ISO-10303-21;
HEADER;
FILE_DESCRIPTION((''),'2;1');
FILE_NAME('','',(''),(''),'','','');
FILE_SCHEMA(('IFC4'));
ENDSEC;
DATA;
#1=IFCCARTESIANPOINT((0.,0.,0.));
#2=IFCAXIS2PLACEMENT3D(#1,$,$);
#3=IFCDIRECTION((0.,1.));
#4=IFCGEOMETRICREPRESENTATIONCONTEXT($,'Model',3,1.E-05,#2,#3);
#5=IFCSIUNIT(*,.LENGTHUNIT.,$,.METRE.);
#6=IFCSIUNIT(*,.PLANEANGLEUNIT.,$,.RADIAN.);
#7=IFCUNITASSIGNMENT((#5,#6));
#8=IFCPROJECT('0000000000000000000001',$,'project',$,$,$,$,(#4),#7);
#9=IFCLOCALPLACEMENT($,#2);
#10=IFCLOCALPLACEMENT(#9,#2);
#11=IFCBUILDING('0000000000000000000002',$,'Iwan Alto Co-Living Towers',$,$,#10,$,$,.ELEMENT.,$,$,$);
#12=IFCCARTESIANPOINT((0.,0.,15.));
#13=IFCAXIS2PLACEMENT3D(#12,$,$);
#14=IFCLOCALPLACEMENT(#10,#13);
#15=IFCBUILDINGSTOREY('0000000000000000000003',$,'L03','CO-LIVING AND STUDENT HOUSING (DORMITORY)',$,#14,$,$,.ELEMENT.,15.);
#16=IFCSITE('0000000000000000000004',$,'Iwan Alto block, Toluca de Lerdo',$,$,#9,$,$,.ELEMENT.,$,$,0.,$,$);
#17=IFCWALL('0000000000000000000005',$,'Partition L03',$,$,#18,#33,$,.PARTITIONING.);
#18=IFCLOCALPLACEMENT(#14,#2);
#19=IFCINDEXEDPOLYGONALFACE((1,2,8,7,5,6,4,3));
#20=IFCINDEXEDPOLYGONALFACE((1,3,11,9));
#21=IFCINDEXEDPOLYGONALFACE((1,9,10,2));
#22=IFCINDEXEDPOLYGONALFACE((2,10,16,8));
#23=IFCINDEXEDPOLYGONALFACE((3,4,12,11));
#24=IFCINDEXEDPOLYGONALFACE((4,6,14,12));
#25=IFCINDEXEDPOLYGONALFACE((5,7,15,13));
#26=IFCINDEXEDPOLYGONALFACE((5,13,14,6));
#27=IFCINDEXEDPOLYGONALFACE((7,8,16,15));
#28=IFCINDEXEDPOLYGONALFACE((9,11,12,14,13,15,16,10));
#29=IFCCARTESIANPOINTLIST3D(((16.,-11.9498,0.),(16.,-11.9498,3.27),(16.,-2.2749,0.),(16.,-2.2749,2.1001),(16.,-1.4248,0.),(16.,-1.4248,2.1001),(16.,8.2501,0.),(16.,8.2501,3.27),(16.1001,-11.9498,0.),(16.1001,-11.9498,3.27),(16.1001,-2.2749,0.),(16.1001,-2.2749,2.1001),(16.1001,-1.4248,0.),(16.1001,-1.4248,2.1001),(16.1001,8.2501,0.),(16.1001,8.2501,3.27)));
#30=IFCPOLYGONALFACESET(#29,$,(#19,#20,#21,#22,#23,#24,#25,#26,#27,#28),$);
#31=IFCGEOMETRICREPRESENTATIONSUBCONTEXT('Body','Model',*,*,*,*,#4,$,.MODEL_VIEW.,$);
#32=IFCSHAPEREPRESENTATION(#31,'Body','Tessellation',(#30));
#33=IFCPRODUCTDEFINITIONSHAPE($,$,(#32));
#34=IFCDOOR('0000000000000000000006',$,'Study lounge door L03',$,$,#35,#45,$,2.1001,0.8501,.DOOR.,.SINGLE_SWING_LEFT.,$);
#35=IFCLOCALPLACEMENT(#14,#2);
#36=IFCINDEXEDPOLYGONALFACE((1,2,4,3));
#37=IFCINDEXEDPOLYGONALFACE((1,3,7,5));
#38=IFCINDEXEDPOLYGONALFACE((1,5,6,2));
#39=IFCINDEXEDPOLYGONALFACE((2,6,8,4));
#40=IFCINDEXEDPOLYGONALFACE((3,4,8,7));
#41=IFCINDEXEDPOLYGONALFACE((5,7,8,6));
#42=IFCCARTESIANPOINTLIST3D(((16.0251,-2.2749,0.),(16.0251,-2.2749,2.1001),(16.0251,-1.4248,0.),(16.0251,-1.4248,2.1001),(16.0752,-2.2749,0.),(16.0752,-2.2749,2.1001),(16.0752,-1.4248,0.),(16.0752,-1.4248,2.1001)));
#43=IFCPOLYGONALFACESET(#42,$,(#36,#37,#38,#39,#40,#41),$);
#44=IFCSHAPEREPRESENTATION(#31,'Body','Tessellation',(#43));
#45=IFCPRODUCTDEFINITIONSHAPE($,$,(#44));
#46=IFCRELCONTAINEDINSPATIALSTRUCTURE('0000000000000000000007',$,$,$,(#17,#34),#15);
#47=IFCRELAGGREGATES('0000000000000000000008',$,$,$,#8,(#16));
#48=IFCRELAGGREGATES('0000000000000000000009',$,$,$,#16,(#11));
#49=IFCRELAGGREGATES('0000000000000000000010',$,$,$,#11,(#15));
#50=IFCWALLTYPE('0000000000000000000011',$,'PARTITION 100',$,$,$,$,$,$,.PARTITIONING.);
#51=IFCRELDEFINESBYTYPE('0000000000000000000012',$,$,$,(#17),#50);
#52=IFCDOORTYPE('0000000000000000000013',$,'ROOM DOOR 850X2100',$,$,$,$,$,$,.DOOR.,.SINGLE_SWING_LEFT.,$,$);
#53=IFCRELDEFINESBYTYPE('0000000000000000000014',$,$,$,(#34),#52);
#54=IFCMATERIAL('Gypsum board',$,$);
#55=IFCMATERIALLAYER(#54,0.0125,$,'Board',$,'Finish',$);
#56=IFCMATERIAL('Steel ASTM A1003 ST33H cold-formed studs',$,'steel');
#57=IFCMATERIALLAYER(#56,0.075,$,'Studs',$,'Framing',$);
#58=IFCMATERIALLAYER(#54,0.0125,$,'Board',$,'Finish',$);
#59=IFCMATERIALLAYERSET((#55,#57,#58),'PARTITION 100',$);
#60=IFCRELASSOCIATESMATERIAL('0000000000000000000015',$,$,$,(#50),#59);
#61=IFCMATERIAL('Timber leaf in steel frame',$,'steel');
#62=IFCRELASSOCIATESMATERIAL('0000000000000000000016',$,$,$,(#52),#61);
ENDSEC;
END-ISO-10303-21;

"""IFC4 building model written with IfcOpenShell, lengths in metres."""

from ifc_helpers import new_model, si_unit, direction, frame, frame_2d, origin, place, context, subcontext, project, spatial, rectangle, extrude, material, layer, layer_set, type_object, element, fill, save


model = new_model("IFC4")

# Units and contexts
model_context = context("Model", 3, precision=1e-05, world=origin(), true_north=direction((0.0, 1.0)))
body_context = subcontext(model_context, "Body", "Model", "MODEL_VIEW")
ifc_project = project(units=[si_unit("LENGTHUNIT", "METRE"), si_unit("PLANEANGLEUNIT", "RADIAN")], contexts=[model_context])

# Site, building, storey
site_placement = place(None, origin())
site = spatial("IfcSite", under=ifc_project, at=site_placement, Name="Iwan Alto block, Toluca de Lerdo", CompositionType="ELEMENT", RefElevation=0.0)
building_placement = place(site_placement, origin())
building = spatial("IfcBuilding", under=site, at=building_placement, Name="Iwan Alto Co-Living Towers", CompositionType="ELEMENT")
storey_placement = place(building_placement, frame((0.0, 0.0, 15.0)))
storey = spatial("IfcBuildingStorey", under=building, at=storey_placement, Name="L03", Description="CO-LIVING AND STUDENT HOUSING (DORMITORY)", CompositionType="ELEMENT", Elevation=15.0)

# Shared definitions
ifc_material_1 = material(Name="Gypsum board")
ifc_layer_1 = layer(ifc_material_1, 0.0125, Name="Board", Category="Finish")
ifc_material_2 = material(Name="Steel ASTM A1003 ST33H cold-formed studs", Category="steel")
ifc_layer_2 = layer(ifc_material_2, 0.075, Name="Studs", Category="Framing")
ifc_layer_3 = layer(ifc_material_1, 0.0125, Name="Board", Category="Finish")
ifc_layer_set = layer_set([ifc_layer_1, ifc_layer_2, ifc_layer_3], Name="PARTITION 100")
wall_type = type_object("IfcWallType", Name="PARTITION 100", PredefinedType="PARTITIONING", material=ifc_layer_set)

# Wall, opening, door
wall_1_placement = place(storey_placement, frame((16.05, -11.95, 0.0), z_axis=(0.0, 0.0, 1.0), x_axis=(0.0, 1.0, 0.0)))
wall_1 = element("IfcWall", 1, at=wall_1_placement, inside=storey, type_object=wall_type, Name="Partition L03", PredefinedType="PARTITIONING", context=body_context, shape_type="SweptSolid", body=[
    extrude(rectangle(XDim=20.2, YDim=0.1001, at=frame_2d((10.1001, 0.0))), origin(), (0.0, 0.0, 1.0), 3.27),
])
opening_placement = place(wall_1_placement, frame((9.675, 0.0, 0.0)))
opening = element("IfcOpeningElement", 2, at=opening_placement, cuts=wall_1, PredefinedType="OPENING", context=body_context, shape_type="SweptSolid", body=[
    extrude(rectangle(XDim=0.8501, YDim=2.1001, at=frame_2d((0.425, 1.05))), frame((0.0, 0.0601, 0.0), z_axis=(0.0, -1.0, 0.0), x_axis=(1.0, 0.0, 0.0)), (0.0, 0.0, 1.0), 0.1201),
])
ifc_material_3 = material(Name="Timber leaf in steel frame", Category="steel")
door_type = type_object("IfcDoorType", Name="ROOM DOOR 850X2100", OperationType="SINGLE_SWING_LEFT", PredefinedType="DOOR", material=ifc_material_3)
door_placement = place(opening_placement, origin())
door = element("IfcDoor", 3, at=door_placement, inside=storey, type_object=door_type, Name="Study lounge door L03", OperationType="SINGLE_SWING_LEFT", OverallHeight=2.1001, OverallWidth=0.8501, PredefinedType="DOOR", context=body_context, shape_type="SweptSolid", body=[
    extrude(rectangle(XDim=0.8501, YDim=2.1001, at=frame_2d((0.425, 1.05))), frame((0.0, 0.0249, 0.0), z_axis=(0.0, -1.0, 0.0), x_axis=(1.0, 0.0, 0.0)), (0.0, 0.0, 1.0), 0.05),
])
fill(opening, door)

save(model, "model.ifc")
